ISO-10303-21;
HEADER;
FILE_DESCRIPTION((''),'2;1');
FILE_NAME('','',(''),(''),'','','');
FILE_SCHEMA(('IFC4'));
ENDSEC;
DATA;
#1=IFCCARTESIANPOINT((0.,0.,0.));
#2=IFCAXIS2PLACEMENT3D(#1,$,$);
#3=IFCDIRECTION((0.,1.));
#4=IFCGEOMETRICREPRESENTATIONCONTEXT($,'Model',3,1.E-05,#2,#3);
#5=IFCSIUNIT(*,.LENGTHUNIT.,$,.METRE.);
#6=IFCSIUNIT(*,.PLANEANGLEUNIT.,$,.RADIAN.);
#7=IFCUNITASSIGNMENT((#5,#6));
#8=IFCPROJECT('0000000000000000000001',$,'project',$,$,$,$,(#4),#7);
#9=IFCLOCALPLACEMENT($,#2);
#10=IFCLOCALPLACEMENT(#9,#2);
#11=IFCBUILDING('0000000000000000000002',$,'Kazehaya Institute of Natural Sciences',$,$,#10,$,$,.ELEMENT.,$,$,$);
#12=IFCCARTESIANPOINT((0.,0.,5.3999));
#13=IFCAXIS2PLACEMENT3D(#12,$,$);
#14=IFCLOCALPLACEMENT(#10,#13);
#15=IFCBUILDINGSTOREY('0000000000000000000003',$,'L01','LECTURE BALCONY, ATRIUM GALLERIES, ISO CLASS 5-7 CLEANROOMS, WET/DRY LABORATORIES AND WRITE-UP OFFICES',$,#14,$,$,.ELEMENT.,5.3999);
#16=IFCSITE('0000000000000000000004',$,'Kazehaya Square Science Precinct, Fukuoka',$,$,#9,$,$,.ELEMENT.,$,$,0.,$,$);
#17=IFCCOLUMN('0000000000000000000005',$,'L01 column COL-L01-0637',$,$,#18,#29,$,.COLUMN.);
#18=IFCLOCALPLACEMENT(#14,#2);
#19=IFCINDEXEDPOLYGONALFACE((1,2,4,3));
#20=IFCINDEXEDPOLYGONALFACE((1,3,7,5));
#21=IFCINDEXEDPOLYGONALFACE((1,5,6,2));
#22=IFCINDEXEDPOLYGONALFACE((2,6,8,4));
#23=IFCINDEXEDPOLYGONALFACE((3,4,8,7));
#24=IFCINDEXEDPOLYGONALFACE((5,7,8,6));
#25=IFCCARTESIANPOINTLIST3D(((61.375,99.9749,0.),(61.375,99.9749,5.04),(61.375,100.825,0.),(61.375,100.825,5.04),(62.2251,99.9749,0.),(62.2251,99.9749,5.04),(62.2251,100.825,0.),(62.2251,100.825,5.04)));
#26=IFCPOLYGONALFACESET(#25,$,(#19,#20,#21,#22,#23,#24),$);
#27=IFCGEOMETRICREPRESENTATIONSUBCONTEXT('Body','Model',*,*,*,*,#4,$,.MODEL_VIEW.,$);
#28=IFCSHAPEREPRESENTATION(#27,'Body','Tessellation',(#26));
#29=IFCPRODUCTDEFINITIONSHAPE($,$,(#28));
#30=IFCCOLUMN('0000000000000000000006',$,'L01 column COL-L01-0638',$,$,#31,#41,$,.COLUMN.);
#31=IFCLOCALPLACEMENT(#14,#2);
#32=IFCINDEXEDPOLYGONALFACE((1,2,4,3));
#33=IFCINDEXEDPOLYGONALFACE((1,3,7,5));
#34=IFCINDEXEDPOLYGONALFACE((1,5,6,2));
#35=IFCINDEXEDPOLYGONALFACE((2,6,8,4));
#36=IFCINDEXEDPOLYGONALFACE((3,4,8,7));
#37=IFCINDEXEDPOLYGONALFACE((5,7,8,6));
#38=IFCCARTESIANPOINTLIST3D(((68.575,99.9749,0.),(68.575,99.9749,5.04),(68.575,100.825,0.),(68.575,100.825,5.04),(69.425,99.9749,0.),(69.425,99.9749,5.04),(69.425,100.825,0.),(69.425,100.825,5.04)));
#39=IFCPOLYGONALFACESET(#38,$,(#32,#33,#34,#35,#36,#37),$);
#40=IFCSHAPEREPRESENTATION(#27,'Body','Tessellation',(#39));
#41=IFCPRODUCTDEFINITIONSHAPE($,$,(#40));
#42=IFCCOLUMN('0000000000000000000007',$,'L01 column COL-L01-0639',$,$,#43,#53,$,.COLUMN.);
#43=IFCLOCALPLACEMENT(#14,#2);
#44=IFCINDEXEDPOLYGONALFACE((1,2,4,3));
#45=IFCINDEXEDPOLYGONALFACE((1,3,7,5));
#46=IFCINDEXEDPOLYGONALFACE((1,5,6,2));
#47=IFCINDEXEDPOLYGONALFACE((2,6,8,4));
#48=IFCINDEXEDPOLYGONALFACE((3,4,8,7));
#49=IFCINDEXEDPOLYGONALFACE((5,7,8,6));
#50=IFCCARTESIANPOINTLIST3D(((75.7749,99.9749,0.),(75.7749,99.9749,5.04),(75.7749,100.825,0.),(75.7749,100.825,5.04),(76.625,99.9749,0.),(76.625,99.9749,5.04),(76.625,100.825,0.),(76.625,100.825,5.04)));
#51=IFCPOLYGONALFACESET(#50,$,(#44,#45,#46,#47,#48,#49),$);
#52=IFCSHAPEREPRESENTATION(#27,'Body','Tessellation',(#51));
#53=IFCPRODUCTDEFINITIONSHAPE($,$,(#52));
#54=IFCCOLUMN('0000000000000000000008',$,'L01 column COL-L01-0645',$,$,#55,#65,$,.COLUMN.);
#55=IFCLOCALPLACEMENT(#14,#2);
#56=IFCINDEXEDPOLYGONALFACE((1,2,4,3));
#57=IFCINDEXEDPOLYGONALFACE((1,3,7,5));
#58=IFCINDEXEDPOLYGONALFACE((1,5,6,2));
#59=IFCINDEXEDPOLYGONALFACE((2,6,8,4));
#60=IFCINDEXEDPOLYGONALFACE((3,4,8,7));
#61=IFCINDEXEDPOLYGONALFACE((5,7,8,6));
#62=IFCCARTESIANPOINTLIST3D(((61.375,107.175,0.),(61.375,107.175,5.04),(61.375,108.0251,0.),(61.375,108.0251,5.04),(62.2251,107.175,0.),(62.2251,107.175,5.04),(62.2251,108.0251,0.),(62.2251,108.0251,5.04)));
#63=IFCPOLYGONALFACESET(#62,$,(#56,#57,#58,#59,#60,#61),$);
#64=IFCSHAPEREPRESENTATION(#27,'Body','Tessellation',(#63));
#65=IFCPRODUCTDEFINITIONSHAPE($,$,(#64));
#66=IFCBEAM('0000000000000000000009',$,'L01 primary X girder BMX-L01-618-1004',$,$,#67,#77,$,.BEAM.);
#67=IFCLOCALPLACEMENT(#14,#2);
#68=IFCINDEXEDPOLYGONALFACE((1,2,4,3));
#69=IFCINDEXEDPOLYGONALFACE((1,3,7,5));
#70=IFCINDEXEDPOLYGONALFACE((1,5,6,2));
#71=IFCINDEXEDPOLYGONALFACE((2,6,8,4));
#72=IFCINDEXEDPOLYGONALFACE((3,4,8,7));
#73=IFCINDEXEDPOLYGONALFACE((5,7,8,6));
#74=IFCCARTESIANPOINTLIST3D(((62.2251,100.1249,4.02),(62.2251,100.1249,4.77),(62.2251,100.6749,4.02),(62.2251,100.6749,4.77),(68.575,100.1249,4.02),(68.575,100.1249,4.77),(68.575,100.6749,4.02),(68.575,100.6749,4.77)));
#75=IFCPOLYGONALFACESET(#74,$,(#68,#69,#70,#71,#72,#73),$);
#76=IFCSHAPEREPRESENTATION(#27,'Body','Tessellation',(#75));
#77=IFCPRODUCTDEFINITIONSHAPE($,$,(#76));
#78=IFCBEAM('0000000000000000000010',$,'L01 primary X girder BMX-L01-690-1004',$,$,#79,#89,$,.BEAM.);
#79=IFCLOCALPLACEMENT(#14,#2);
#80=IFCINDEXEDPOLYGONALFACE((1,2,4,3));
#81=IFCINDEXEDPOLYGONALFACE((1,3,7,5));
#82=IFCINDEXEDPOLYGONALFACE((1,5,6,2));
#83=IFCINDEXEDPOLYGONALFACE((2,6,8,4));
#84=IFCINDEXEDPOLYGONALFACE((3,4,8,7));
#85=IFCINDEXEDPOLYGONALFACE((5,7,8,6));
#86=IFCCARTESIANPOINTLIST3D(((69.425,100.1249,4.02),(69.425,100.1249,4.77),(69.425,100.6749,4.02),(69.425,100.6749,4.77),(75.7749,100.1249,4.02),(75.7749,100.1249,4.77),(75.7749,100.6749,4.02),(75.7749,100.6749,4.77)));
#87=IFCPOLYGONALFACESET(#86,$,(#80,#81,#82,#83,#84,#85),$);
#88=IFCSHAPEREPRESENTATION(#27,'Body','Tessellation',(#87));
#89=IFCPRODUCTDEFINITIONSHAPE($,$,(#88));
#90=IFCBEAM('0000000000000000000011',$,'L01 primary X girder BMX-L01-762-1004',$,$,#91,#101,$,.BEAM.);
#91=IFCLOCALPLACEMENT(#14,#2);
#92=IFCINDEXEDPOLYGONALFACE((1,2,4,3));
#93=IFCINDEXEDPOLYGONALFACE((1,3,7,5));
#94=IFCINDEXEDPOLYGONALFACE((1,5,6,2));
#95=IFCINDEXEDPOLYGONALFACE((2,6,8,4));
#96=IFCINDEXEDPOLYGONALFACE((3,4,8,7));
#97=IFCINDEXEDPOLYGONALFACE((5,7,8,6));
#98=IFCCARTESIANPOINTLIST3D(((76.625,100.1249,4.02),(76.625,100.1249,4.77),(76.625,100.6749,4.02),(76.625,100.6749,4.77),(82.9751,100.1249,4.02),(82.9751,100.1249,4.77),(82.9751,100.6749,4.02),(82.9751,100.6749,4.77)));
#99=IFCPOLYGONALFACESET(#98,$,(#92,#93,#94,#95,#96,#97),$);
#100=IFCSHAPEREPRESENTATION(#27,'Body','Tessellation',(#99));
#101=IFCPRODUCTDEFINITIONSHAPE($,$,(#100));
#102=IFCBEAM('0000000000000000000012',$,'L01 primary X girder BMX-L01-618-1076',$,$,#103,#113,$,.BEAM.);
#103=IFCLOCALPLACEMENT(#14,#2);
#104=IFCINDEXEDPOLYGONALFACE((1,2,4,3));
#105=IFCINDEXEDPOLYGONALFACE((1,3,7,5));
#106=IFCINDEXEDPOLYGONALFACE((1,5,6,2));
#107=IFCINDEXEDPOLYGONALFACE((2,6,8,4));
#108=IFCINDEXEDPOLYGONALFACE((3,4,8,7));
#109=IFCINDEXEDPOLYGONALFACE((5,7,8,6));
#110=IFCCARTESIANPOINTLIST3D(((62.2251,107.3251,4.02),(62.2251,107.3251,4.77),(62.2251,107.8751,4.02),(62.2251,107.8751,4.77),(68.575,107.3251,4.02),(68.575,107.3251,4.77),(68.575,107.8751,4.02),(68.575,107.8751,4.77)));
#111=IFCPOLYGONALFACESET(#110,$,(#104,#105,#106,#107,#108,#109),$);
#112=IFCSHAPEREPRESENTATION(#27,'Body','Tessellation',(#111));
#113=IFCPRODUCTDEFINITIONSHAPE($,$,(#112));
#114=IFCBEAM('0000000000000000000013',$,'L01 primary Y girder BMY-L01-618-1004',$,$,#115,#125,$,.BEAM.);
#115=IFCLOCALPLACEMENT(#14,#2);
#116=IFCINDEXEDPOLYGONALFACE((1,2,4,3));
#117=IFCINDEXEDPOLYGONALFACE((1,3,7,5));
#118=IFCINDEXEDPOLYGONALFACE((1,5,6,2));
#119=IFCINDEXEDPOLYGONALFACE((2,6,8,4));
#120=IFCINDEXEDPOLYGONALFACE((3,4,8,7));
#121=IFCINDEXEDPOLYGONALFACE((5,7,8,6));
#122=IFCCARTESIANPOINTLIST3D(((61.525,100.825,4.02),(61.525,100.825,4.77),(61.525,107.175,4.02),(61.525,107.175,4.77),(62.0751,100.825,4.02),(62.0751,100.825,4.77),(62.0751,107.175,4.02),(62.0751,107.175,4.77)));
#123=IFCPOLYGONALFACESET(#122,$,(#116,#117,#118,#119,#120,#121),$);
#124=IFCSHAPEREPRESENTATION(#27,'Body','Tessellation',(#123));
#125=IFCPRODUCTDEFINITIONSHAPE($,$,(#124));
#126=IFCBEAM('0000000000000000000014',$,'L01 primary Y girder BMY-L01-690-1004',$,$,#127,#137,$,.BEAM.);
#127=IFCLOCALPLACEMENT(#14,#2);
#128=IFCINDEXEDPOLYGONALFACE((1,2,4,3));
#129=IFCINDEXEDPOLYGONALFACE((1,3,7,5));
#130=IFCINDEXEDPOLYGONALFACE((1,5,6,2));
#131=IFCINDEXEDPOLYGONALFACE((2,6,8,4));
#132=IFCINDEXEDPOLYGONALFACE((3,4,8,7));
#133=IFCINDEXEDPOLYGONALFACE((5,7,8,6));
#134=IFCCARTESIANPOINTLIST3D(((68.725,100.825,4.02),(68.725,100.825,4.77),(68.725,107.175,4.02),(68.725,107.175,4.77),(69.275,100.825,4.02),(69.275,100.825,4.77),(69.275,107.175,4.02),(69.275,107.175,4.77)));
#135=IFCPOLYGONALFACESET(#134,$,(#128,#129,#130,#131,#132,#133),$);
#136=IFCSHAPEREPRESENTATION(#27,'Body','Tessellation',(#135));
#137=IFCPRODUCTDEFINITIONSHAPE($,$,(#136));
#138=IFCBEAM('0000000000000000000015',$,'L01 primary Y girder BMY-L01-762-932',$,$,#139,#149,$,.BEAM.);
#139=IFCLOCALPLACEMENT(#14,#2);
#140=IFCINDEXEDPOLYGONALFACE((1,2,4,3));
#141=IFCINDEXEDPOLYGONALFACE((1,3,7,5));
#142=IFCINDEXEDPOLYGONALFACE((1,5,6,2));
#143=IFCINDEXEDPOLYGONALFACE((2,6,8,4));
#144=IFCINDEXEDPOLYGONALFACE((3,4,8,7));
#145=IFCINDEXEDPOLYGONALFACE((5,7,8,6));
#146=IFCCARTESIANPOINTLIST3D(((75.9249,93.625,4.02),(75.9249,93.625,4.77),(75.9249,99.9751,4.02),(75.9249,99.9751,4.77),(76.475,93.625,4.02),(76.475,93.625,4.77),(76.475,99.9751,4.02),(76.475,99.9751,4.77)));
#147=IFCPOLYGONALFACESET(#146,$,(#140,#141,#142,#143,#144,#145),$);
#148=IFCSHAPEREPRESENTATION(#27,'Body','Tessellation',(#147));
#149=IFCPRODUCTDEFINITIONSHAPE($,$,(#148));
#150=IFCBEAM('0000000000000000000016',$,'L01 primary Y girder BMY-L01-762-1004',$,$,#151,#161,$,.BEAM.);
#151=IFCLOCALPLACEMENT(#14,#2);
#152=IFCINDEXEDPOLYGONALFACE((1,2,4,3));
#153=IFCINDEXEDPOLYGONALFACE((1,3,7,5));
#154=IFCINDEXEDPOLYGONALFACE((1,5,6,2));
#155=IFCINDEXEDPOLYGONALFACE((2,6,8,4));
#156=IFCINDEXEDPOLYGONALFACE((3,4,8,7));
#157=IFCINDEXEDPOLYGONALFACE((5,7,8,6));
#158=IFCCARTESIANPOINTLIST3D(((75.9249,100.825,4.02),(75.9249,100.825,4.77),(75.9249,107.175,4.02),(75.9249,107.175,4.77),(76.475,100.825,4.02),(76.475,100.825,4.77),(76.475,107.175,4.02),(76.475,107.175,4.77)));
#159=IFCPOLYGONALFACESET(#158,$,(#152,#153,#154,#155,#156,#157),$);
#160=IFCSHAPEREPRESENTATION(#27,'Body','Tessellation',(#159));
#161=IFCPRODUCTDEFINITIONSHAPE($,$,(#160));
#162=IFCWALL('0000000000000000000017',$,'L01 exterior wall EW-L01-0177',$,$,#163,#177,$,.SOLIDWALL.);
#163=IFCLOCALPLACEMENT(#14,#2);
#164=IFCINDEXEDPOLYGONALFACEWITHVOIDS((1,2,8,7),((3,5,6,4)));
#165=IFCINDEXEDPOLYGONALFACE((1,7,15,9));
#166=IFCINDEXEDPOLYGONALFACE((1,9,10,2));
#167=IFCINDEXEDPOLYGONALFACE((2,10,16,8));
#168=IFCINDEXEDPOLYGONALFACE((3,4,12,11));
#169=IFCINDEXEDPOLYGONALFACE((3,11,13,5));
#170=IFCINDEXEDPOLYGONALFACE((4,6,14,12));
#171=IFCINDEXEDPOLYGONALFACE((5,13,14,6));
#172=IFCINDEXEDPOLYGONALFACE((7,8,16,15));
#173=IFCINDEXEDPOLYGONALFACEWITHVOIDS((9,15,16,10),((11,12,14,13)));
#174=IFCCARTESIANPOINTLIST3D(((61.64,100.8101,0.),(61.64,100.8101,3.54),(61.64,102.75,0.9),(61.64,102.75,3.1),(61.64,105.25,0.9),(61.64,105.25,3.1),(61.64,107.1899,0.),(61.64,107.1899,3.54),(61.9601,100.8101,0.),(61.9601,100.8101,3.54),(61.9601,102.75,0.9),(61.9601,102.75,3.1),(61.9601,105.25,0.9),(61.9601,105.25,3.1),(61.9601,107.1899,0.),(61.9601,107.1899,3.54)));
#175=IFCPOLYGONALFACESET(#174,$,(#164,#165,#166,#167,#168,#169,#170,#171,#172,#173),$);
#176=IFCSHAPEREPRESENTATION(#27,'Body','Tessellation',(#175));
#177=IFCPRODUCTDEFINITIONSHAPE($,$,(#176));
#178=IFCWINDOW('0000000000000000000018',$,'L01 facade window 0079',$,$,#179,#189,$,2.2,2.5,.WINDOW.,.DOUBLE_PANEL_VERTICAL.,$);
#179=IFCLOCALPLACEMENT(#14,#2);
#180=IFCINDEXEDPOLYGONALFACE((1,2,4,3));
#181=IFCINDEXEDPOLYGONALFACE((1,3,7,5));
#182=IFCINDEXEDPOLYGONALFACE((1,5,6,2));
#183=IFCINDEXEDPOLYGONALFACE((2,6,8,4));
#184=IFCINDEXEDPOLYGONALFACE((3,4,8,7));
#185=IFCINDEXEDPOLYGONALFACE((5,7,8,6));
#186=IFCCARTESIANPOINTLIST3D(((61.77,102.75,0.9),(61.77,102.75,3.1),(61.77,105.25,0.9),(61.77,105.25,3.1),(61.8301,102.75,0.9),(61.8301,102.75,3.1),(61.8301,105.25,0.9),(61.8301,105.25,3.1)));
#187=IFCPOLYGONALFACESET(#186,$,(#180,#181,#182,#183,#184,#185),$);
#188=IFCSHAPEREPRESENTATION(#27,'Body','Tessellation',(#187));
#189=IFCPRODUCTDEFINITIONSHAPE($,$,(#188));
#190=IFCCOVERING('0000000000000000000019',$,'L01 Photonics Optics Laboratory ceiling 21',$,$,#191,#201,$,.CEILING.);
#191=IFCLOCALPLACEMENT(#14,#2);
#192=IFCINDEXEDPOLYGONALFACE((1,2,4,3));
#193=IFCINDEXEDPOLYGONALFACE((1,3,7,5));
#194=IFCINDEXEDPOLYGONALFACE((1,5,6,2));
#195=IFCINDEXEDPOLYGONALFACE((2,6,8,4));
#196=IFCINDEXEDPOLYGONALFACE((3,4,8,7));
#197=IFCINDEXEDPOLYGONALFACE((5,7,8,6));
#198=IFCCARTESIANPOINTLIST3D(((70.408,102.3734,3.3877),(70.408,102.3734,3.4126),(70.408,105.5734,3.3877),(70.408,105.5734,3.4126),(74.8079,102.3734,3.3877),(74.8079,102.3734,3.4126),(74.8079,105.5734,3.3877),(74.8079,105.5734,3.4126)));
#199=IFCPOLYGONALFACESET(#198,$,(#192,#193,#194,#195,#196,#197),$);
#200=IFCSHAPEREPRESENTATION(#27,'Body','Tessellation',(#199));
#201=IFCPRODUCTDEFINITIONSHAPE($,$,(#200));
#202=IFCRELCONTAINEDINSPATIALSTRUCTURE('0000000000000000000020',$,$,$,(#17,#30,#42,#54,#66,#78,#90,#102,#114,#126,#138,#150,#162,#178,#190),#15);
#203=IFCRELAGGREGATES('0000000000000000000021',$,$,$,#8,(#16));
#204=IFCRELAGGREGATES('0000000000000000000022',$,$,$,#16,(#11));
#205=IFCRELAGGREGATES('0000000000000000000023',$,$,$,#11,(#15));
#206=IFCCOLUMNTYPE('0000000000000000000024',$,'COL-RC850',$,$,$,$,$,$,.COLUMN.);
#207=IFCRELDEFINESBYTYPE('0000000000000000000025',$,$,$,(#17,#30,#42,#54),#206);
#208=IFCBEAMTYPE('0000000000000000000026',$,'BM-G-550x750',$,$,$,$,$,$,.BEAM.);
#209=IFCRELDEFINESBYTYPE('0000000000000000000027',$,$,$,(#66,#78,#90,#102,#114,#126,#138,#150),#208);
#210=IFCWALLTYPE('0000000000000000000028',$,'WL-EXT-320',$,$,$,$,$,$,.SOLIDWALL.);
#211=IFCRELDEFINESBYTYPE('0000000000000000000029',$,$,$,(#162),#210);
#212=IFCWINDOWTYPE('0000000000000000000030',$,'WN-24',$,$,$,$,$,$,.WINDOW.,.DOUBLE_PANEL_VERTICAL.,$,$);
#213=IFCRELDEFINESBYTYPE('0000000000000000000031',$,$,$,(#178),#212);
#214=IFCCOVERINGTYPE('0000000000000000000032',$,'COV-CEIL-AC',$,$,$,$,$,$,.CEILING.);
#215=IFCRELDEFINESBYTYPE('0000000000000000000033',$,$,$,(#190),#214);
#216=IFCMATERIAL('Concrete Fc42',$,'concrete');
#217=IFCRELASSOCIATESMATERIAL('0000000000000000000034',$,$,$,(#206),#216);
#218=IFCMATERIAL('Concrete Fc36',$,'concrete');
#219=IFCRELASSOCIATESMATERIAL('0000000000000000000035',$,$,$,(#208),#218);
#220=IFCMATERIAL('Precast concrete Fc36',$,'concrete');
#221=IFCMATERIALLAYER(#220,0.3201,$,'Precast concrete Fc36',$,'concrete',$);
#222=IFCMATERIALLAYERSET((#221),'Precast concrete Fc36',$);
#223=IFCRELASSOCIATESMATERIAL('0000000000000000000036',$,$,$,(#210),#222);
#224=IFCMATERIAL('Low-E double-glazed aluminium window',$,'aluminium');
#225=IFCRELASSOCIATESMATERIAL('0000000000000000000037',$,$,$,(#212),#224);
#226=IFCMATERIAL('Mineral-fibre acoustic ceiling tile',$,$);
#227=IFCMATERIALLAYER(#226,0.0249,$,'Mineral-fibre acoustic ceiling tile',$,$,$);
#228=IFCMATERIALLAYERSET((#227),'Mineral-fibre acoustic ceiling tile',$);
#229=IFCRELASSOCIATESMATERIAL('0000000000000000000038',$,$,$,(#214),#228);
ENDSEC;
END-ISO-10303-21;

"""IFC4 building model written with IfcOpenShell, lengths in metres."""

from ifc_helpers import new_model, si_unit, direction, frame, frame_2d, origin, origin_2d, place, context, subcontext, project, spatial, rectangle, extrude, material, layer, layer_set, material_profile, profile_set, type_object, element, fill, save


model = new_model("IFC4")

# Units and contexts
model_context = context("Model", 3, precision=1e-05, world=origin(), true_north=direction((0.0, 1.0)))
body_context = subcontext(model_context, "Body", "Model", "MODEL_VIEW")
ifc_project = project(units=[si_unit("LENGTHUNIT", "METRE"), si_unit("PLANEANGLEUNIT", "RADIAN")], contexts=[model_context])

# Site, building, storey
site_placement = place(None, origin())
site = spatial("IfcSite", under=ifc_project, at=site_placement, Name="Kazehaya Square Science Precinct, Fukuoka", CompositionType="ELEMENT", RefElevation=0.0)
building_placement = place(site_placement, origin())
building = spatial("IfcBuilding", under=site, at=building_placement, Name="Kazehaya Institute of Natural Sciences", CompositionType="ELEMENT")
storey_placement = place(building_placement, frame((0.0, 0.0, 5.3999)))
storey = spatial("IfcBuildingStorey", under=building, at=storey_placement, Name="L01", Description="LECTURE BALCONY, ATRIUM GALLERIES, ISO CLASS 5-7 CLEANROOMS, WET/DRY LABORATORIES AND WRITE-UP OFFICES", CompositionType="ELEMENT", Elevation=5.3999)

# Columns
ifc_material_1 = material(Name="Concrete Fc42", Category="concrete")
ifc_material_profile_1 = material_profile(ifc_material_1, rectangle(XDim=0.8501, YDim=0.8501, at=origin_2d()), Name="RC-850x850")
ifc_profile_set_1 = profile_set([ifc_material_profile_1], Name="Concrete Fc42")
column_type = type_object("IfcColumnType", Name="COL-RC850", PredefinedType="COLUMN", material=ifc_profile_set_1)
for number, where, z_axis, x_axis, name in (
    (1, (61.8, 100.3999, 0.0), (0.0, 0.0, 1.0), (1.0, 0.0, 0.0), "L01 column COL-L01-0637"),
    (2, (69.0, 100.3999, 0.0), (0.0, 0.0, 1.0), (1.0, 0.0, 0.0), "L01 column COL-L01-0638"),
    (3, (76.2, 100.3999, 0.0), (0.0, 0.0, 1.0), (1.0, 0.0, 0.0), "L01 column COL-L01-0639"),
    (4, (61.8, 107.6001, 0.0), (0.0, 0.0, 1.0), (1.0, 0.0, 0.0), "L01 column COL-L01-0645"),
):
    element("IfcColumn", number, at=place(storey_placement, frame(where, z_axis=z_axis, x_axis=x_axis)), inside=storey, type_object=column_type, Name=name, PredefinedType="COLUMN", context=body_context, shape_type="SweptSolid", body=[
        extrude(rectangle(XDim=0.8501, YDim=0.8501, at=origin_2d()), origin(), (0.0, 0.0, 1.0), 5.04),
    ])

# Beams
ifc_material_2 = material(Name="Concrete Fc36", Category="concrete")
ifc_material_profile_2 = material_profile(ifc_material_2, rectangle(XDim=0.55, YDim=0.75, at=origin_2d()), Name="RC-550x750")
ifc_profile_set_2 = profile_set([ifc_material_profile_2], Name="Concrete Fc36")
beam_type = type_object("IfcBeamType", Name="BM-G-550x750", PredefinedType="BEAM", material=ifc_profile_set_2)
for number, where, z_axis, x_axis, name in (
    (5, (62.2251, 100.3999, 4.395), (1.0, 0.0, 0.0), (0.0, 1.0, 0.0), "L01 primary X girder BMX-L01-618-1004"),
    (6, (69.425, 100.3999, 4.395), (1.0, 0.0, 0.0), (0.0, 1.0, 0.0), "L01 primary X girder BMX-L01-690-1004"),
):
    element("IfcBeam", number, at=place(storey_placement, frame(where, z_axis=z_axis, x_axis=x_axis)), inside=storey, type_object=beam_type, Name=name, PredefinedType="BEAM", context=body_context, shape_type="SweptSolid", body=[
        extrude(rectangle(XDim=0.55, YDim=0.75, at=origin_2d()), origin(), (0.0, 0.0, 1.0), 6.3499),
    ])
beam_1_placement = place(storey_placement, frame((76.625, 100.3999, 4.395), z_axis=(1.0, 0.0, 0.0), x_axis=(0.0, 1.0, 0.0)))
element("IfcBeam", 7, at=beam_1_placement, inside=storey, type_object=beam_type, Name="L01 primary X girder BMX-L01-762-1004", PredefinedType="BEAM", context=body_context, shape_type="SweptSolid", body=[
    extrude(rectangle(XDim=0.55, YDim=0.75, at=origin_2d()), origin(), (0.0, 0.0, 1.0), 6.3501),
])
beam_2_placement = place(storey_placement, frame((62.2251, 107.6001, 4.395), z_axis=(1.0, 0.0, 0.0), x_axis=(0.0, 1.0, 0.0)))
element("IfcBeam", 8, at=beam_2_placement, inside=storey, type_object=beam_type, Name="L01 primary X girder BMX-L01-618-1076", PredefinedType="BEAM", context=body_context, shape_type="SweptSolid", body=[
    extrude(rectangle(XDim=0.55, YDim=0.75, at=origin_2d()), origin(), (0.0, 0.0, 1.0), 6.3499),
])
for number, where, z_axis, x_axis, name in (
    (9, (61.8, 100.825, 4.395), (0.0, 1.0, 0.0), (-1.0, 0.0, 0.0), "L01 primary Y girder BMY-L01-618-1004"),
    (10, (69.0, 100.825, 4.395), (0.0, 1.0, 0.0), (-1.0, 0.0, 0.0), "L01 primary Y girder BMY-L01-690-1004"),
    (11, (76.2, 93.625, 4.395), (0.0, 1.0, 0.0), (-1.0, 0.0, 0.0), "L01 primary Y girder BMY-L01-762-932"),
    (12, (76.2, 100.825, 4.395), (0.0, 1.0, 0.0), (-1.0, 0.0, 0.0), "L01 primary Y girder BMY-L01-762-1004"),
):
    element("IfcBeam", number, at=place(storey_placement, frame(where, z_axis=z_axis, x_axis=x_axis)), inside=storey, type_object=beam_type, Name=name, PredefinedType="BEAM", context=body_context, shape_type="SweptSolid", body=[
        extrude(rectangle(XDim=0.55, YDim=0.75, at=origin_2d()), origin(), (0.0, 0.0, 1.0), 6.3501),
    ])

# Wall, opening, window
ifc_material_3 = material(Name="Precast concrete Fc36", Category="concrete")
ifc_layer_1 = layer(ifc_material_3, 0.3201, Name="Precast concrete Fc36", Category="concrete")
ifc_layer_set_1 = layer_set([ifc_layer_1], Name="Precast concrete Fc36")
wall_type = type_object("IfcWallType", Name="WL-EXT-320", PredefinedType="SOLIDWALL", material=ifc_layer_set_1)
wall_placement = place(storey_placement, frame((61.8, 100.8101, 0.0), z_axis=(0.0, 0.0, 1.0), x_axis=(0.0, 1.0, 0.0)))
wall = element("IfcWall", 13, at=wall_placement, inside=storey, type_object=wall_type, Name="L01 exterior wall EW-L01-0177", PredefinedType="SOLIDWALL", context=body_context, shape_type="SweptSolid", body=[
    extrude(rectangle(XDim=6.3799, YDim=0.3201, at=frame_2d((3.1899, 0.0))), origin(), (0.0, 0.0, 1.0), 3.54),
])
opening_placement = place(wall_placement, frame((1.9399, 0.0, 0.8999)))
opening = element("IfcOpeningElement", 14, at=opening_placement, cuts=wall, PredefinedType="OPENING", context=body_context, shape_type="SweptSolid", body=[
    extrude(rectangle(XDim=2.5, YDim=2.2, at=frame_2d((1.25, 1.1001))), frame((0.0, 0.1699, 0.0), z_axis=(0.0, -1.0, 0.0), x_axis=(1.0, 0.0, 0.0)), (0.0, 0.0, 1.0), 0.3401),
])
ifc_material_4 = material(Name="Low-E double-glazed aluminium window", Category="aluminium")
window_type = type_object("IfcWindowType", Name="WN-24", PartitioningType="DOUBLE_PANEL_VERTICAL", PredefinedType="WINDOW", material=ifc_material_4)
window_placement = place(opening_placement, origin())
window = element("IfcWindow", 15, at=window_placement, inside=storey, type_object=window_type, Name="L01 facade window 0079", OverallHeight=2.2, OverallWidth=2.5, PartitioningType="DOUBLE_PANEL_VERTICAL", PredefinedType="WINDOW", context=body_context, shape_type="SweptSolid", body=[
    extrude(rectangle(XDim=2.5, YDim=2.2, at=frame_2d((1.25, 1.1001))), frame((0.0, 0.03, 0.0), z_axis=(0.0, -1.0, 0.0), x_axis=(1.0, 0.0, 0.0)), (0.0, 0.0, 1.0), 0.0601),
])
fill(opening, window)

# Covering
ifc_material_5 = material(Name="Mineral-fibre acoustic ceiling tile")
ifc_layer_2 = layer(ifc_material_5, 0.0249, Name="Mineral-fibre acoustic ceiling tile")
ifc_layer_set_2 = layer_set([ifc_layer_2], Name="Mineral-fibre acoustic ceiling tile")
covering_type_1 = type_object("IfcCoveringType", Name="COV-CEIL-AC", PredefinedType="CEILING", material=ifc_layer_set_2)
covering_1_placement = place(storey_placement, frame((72.6079, 103.9734, 3.3877), z_axis=(0.0, 0.0, 1.0), x_axis=(1.0, 0.0, 0.0)))
element("IfcCovering", 16, at=covering_1_placement, inside=storey, type_object=covering_type_1, Name="L01 Photonics Optics Laboratory ceiling 21", PredefinedType="CEILING", context=body_context, shape_type="SweptSolid", body=[
    extrude(rectangle(XDim=4.3999, YDim=3.2, at=origin_2d()), origin(), (0.0, 0.0, 1.0), 0.0249),
])

save(model, "model.ifc")
